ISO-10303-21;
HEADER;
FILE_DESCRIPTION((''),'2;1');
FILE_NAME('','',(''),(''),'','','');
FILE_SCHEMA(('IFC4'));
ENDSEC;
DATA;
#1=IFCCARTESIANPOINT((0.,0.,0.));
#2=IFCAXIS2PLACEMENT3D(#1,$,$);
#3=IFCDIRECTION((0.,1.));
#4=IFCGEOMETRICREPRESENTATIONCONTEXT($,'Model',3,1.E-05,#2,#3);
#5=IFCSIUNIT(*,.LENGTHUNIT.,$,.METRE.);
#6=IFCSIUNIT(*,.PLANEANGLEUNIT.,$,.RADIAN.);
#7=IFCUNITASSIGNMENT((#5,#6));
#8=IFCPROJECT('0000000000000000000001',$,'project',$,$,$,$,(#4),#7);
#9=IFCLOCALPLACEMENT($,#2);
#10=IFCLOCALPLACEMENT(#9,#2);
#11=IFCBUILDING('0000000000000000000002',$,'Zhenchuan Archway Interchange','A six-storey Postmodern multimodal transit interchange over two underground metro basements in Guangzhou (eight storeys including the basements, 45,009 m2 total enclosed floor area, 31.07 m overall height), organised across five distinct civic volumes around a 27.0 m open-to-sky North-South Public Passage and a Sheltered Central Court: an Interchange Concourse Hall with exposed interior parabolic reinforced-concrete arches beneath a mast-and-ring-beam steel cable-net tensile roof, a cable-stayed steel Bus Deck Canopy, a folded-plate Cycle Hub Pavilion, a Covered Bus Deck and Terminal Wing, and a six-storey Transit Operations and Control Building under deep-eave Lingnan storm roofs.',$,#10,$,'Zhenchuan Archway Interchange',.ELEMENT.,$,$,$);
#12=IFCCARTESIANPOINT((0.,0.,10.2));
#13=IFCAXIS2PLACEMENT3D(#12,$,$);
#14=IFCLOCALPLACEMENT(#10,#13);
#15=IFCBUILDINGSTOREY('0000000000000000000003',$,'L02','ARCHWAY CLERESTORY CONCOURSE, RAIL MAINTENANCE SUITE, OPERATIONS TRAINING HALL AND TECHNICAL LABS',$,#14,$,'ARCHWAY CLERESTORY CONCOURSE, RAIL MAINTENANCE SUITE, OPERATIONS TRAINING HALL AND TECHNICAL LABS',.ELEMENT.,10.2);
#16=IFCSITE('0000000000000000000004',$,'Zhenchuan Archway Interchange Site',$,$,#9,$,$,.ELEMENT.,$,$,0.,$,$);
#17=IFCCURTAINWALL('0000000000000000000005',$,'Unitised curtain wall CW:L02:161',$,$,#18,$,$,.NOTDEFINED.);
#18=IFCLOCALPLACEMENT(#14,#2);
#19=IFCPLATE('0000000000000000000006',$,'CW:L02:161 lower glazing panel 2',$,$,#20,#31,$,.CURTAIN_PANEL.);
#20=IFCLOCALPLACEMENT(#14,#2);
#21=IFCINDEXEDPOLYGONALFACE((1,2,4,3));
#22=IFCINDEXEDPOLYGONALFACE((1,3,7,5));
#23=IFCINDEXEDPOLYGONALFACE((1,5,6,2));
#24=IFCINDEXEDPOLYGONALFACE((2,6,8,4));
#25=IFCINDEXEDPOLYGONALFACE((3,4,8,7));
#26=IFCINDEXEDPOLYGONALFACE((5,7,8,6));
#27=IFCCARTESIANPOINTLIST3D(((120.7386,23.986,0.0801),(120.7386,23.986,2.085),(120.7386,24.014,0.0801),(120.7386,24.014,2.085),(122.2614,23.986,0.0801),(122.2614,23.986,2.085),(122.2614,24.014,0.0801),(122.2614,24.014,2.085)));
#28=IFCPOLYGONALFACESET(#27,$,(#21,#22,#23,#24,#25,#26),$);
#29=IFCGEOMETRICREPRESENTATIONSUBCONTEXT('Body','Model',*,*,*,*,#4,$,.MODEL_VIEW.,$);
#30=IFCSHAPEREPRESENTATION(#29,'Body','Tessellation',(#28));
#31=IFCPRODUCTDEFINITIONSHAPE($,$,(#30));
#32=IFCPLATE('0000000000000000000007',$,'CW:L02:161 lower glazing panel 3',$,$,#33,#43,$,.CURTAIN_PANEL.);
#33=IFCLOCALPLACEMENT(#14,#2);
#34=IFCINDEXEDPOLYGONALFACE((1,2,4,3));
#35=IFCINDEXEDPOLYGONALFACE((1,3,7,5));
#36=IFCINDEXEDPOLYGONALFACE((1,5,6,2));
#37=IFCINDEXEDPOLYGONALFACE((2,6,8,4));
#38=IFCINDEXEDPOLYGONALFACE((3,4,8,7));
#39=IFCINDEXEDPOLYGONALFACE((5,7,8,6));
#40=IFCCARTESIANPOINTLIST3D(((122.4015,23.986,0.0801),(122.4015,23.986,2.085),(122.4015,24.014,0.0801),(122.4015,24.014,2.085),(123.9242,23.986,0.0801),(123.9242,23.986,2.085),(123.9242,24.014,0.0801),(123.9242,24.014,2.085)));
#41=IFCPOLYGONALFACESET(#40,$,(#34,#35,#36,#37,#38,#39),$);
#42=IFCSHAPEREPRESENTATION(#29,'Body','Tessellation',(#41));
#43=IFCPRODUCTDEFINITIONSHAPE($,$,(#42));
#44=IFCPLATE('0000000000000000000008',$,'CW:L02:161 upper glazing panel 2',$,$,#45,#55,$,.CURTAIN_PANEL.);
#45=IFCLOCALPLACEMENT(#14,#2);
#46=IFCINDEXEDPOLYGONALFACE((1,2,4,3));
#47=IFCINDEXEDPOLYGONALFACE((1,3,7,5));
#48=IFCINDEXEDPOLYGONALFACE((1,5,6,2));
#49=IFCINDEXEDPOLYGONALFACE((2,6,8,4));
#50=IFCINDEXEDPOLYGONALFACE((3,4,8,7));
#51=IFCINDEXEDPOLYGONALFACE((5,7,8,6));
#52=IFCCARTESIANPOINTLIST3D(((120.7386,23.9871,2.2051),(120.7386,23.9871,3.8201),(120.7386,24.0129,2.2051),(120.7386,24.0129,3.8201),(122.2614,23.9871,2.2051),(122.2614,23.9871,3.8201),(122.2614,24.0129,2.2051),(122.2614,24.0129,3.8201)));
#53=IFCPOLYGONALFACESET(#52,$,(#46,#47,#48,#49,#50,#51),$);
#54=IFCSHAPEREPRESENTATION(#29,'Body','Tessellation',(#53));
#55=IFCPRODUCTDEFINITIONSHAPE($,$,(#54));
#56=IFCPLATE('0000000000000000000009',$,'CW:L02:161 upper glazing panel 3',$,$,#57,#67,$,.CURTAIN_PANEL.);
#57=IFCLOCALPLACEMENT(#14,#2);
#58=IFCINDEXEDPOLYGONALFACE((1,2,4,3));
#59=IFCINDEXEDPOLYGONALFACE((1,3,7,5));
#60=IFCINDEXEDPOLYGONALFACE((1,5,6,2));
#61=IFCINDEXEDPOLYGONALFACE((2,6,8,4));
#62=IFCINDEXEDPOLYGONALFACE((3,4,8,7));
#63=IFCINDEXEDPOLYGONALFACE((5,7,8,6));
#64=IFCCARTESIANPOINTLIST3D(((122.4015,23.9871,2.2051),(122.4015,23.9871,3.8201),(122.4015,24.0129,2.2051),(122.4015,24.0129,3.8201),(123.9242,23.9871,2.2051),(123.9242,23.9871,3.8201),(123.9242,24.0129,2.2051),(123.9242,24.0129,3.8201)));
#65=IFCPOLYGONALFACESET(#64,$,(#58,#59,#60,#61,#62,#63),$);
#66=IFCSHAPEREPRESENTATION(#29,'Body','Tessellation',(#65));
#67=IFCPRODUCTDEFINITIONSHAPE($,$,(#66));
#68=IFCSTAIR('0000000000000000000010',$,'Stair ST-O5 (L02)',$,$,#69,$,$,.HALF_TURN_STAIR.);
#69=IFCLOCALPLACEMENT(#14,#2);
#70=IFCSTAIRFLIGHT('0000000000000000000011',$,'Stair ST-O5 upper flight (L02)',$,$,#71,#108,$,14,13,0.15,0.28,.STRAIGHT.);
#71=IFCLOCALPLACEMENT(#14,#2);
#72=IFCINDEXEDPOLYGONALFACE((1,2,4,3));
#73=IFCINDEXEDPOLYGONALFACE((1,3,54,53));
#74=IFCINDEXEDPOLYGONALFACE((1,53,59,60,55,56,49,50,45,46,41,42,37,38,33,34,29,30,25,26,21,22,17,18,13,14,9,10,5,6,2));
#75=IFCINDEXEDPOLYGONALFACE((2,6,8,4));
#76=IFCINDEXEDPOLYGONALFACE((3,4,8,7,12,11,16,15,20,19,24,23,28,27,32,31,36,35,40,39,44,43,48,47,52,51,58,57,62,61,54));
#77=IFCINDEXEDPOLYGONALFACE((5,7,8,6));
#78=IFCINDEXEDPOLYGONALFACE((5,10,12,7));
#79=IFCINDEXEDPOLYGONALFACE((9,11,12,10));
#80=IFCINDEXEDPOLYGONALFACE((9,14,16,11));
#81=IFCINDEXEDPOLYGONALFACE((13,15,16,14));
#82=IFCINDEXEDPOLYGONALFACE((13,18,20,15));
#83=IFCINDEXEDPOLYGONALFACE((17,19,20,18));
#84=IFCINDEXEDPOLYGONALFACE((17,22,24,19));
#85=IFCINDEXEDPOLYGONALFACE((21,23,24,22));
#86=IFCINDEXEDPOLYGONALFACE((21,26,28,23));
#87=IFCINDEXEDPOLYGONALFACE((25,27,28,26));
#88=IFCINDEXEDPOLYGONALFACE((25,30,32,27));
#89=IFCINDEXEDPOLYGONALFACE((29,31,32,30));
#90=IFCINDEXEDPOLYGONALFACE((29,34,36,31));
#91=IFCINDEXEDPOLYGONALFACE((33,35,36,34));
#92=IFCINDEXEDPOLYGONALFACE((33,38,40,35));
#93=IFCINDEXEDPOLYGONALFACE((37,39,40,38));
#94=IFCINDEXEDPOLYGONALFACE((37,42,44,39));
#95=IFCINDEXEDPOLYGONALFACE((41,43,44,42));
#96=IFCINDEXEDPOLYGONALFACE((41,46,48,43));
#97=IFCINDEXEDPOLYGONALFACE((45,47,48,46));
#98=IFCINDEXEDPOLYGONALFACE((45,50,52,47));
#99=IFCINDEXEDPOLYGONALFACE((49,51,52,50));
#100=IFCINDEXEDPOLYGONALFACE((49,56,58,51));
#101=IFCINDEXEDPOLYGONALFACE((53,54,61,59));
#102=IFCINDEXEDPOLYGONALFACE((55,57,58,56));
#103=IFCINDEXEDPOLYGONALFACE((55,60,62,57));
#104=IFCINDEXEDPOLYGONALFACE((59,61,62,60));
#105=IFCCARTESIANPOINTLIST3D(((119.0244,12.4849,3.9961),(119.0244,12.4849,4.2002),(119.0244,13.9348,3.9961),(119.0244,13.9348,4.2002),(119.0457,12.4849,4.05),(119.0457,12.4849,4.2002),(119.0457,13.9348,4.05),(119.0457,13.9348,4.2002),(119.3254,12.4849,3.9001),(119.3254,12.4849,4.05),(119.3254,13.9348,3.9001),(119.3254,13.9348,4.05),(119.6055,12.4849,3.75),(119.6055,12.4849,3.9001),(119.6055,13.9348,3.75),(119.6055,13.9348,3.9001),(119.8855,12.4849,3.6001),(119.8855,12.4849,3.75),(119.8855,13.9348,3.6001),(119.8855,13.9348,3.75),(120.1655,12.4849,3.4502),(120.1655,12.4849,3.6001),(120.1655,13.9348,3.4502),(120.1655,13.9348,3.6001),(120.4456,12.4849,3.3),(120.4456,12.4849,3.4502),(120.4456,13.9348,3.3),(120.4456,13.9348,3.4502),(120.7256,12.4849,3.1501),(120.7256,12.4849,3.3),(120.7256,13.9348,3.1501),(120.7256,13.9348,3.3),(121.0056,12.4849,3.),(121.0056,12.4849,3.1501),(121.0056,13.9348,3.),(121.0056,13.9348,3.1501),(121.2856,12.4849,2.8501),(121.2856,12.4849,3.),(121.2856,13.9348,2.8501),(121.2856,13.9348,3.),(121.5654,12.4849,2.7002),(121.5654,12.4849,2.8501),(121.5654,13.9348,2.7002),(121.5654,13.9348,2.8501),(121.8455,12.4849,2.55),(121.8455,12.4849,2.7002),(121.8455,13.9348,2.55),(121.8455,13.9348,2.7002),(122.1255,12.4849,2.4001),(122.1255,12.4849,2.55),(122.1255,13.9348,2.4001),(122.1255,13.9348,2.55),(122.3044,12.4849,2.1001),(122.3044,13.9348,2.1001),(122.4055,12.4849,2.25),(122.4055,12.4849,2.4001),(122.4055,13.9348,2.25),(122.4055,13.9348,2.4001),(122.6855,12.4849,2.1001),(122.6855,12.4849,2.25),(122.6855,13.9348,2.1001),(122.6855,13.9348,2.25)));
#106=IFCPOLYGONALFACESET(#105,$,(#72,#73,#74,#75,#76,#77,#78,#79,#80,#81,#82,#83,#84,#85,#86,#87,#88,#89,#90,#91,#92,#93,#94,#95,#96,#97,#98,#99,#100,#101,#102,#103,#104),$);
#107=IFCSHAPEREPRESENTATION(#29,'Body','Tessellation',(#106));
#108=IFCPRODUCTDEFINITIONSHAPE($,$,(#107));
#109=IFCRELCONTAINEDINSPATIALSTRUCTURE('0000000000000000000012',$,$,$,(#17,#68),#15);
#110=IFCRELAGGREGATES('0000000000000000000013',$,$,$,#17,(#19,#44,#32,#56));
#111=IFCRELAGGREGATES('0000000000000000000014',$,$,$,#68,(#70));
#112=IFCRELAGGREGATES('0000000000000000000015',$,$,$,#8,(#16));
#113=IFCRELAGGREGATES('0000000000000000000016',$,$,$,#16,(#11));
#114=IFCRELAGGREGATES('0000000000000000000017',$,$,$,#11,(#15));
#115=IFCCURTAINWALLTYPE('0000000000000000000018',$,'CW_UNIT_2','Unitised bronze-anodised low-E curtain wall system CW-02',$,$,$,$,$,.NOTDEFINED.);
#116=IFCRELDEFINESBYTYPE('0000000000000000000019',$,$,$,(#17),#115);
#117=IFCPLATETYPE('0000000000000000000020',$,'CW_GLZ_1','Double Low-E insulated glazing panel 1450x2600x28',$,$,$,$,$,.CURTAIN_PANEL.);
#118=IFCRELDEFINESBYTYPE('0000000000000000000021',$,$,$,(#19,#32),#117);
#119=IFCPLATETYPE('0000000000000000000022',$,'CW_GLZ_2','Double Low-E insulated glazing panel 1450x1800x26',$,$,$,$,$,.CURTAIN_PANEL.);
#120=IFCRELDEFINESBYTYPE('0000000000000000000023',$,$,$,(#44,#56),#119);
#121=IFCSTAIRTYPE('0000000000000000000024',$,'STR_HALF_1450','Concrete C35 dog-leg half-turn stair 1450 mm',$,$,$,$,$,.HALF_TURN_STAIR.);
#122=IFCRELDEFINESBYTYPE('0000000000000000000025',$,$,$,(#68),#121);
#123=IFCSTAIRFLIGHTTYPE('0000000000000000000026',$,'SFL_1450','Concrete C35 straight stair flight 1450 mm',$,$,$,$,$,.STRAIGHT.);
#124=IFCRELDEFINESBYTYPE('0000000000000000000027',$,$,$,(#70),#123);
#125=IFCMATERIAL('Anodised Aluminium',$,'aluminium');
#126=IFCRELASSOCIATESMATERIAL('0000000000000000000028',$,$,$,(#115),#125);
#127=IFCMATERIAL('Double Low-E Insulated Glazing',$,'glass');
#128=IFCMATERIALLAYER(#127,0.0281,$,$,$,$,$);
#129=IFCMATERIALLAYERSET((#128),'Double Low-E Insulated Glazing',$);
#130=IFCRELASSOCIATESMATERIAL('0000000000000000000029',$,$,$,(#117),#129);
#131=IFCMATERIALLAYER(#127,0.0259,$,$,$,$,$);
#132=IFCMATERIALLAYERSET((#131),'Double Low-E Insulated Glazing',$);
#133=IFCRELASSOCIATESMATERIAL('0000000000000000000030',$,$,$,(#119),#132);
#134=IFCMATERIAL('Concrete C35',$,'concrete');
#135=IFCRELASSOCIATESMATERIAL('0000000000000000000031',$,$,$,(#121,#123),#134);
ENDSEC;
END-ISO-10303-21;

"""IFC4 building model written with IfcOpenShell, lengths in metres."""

from ifc_helpers import new_model, si_unit, direction, frame, origin, origin_2d, place, context, subcontext, project, spatial, polyline, rectangle, outline, extrude, material, layer, layer_set, type_object, element, aggregate, save


model = new_model("IFC4")

# Units and contexts
model_context = context("Model", 3, precision=1e-05, world=origin(), true_north=direction((0.0, 1.0)))
body_context = subcontext(model_context, "Body", "Model", "MODEL_VIEW")
ifc_project = project(units=[si_unit("LENGTHUNIT", "METRE"), si_unit("PLANEANGLEUNIT", "RADIAN")], contexts=[model_context])

# Site, building, storey
site_placement = place(None, origin())
site = spatial("IfcSite", under=ifc_project, at=site_placement, Name="Zhenchuan Archway Interchange Site", CompositionType="ELEMENT", RefElevation=0.0)
building_placement = place(site_placement, origin())
building = spatial("IfcBuilding", under=site, at=building_placement, Name="Zhenchuan Archway Interchange", Description="A six-storey Postmodern multimodal transit interchange over two underground metro basements in Guangzhou (eight storeys including the basements, 45,009 m2 total enclosed floor area, 31.07 m overall height), organised across five distinct civic volumes around a 27.0 m open-to-sky North-South Public Passage and a Sheltered Central Court: an Interchange Concourse Hall with exposed interior parabolic reinforced-concrete arches beneath a mast-and-ring-beam steel cable-net tensile roof, a cable-stayed steel Bus Deck Canopy, a folded-plate Cycle Hub Pavilion, a Covered Bus Deck and Terminal Wing, and a six-storey Transit Operations and Control Building under deep-eave Lingnan storm roofs.", LongName="Zhenchuan Archway Interchange", CompositionType="ELEMENT")
storey_placement = place(building_placement, frame((0.0, 0.0, 10.2)))
storey = spatial("IfcBuildingStorey", under=building, at=storey_placement, Name="L02", Description="ARCHWAY CLERESTORY CONCOURSE, RAIL MAINTENANCE SUITE, OPERATIONS TRAINING HALL AND TECHNICAL LABS", LongName="ARCHWAY CLERESTORY CONCOURSE, RAIL MAINTENANCE SUITE, OPERATIONS TRAINING HALL AND TECHNICAL LABS", CompositionType="ELEMENT", Elevation=10.2)

# Curtain wall
ifc_material_1 = material(Name="Anodised Aluminium", Category="aluminium")
curtain_wall_type = type_object("IfcCurtainWallType", Name="CW_UNIT_2", Description="Unitised bronze-anodised low-E curtain wall system CW-02", PredefinedType="NOTDEFINED", material=ifc_material_1)
curtain_wall_placement = place(storey_placement, origin())
curtain_wall = element("IfcCurtainWall", 1, at=curtain_wall_placement, inside=storey, type_object=curtain_wall_type, Name="Unitised curtain wall CW:L02:161", PredefinedType="NOTDEFINED")

# Plates
ifc_material_2 = material(Name="Double Low-E Insulated Glazing", Category="glass")
ifc_layer_1 = layer(ifc_material_2, 0.0281)
ifc_layer_set_1 = layer_set([ifc_layer_1], Name="Double Low-E Insulated Glazing")
plate_type_1 = type_object("IfcPlateType", Name="CW_GLZ_1", Description="Double Low-E insulated glazing panel 1450x2600x28", PredefinedType="CURTAIN_PANEL", material=ifc_layer_set_1)
plate_1_placement = place(storey_placement, frame((121.5, 24.0, 0.0801), z_axis=(0.0, 0.0, 1.0), x_axis=(1.0, 0.0, 0.0)))
plate_1 = element("IfcPlate", 2, at=plate_1_placement, type_object=plate_type_1, Name="CW:L02:161 lower glazing panel 2", PredefinedType="CURTAIN_PANEL", context=body_context, shape_type="SweptSolid", body=[
    extrude(rectangle(XDim=1.5227, YDim=0.0281, at=origin_2d()), origin(), (0.0, 0.0, 1.0), 2.0049),
])
plate_2_placement = place(storey_placement, frame((123.1628, 24.0, 0.0801), z_axis=(0.0, 0.0, 1.0), x_axis=(1.0, 0.0, 0.0)))
plate_2 = element("IfcPlate", 3, at=plate_2_placement, type_object=plate_type_1, Name="CW:L02:161 lower glazing panel 3", PredefinedType="CURTAIN_PANEL", context=body_context, shape_type="SweptSolid", body=[
    extrude(rectangle(XDim=1.5227, YDim=0.0281, at=origin_2d()), origin(), (0.0, 0.0, 1.0), 2.0049),
])
ifc_layer_2 = layer(ifc_material_2, 0.0259)
ifc_layer_set_2 = layer_set([ifc_layer_2], Name="Double Low-E Insulated Glazing")
plate_type_2 = type_object("IfcPlateType", Name="CW_GLZ_2", Description="Double Low-E insulated glazing panel 1450x1800x26", PredefinedType="CURTAIN_PANEL", material=ifc_layer_set_2)
plate_3_placement = place(storey_placement, frame((121.5, 24.0, 2.2051), z_axis=(0.0, 0.0, 1.0), x_axis=(1.0, 0.0, 0.0)))
plate_3 = element("IfcPlate", 4, at=plate_3_placement, type_object=plate_type_2, Name="CW:L02:161 upper glazing panel 2", PredefinedType="CURTAIN_PANEL", context=body_context, shape_type="SweptSolid", body=[
    extrude(rectangle(XDim=1.5227, YDim=0.0259, at=origin_2d()), origin(), (0.0, 0.0, 1.0), 1.615),
])
plate_4_placement = place(storey_placement, frame((123.1628, 24.0, 2.2051), z_axis=(0.0, 0.0, 1.0), x_axis=(1.0, 0.0, 0.0)))
plate_4 = element("IfcPlate", 5, at=plate_4_placement, type_object=plate_type_2, Name="CW:L02:161 upper glazing panel 3", PredefinedType="CURTAIN_PANEL", context=body_context, shape_type="SweptSolid", body=[
    extrude(rectangle(XDim=1.5227, YDim=0.0259, at=origin_2d()), origin(), (0.0, 0.0, 1.0), 1.615),
])
aggregate(curtain_wall, [plate_1, plate_3, plate_2, plate_4])

# Stair, stair flight
ifc_material_3 = material(Name="Concrete C35", Category="concrete")
stair_type = type_object("IfcStairType", Name="STR_HALF_1450", Description="Concrete C35 dog-leg half-turn stair 1450 mm", PredefinedType="HALF_TURN_STAIR", material=ifc_material_3)
stair_placement = place(storey_placement, origin())
stair = element("IfcStair", 6, at=stair_placement, inside=storey, type_object=stair_type, Name="Stair ST-O5 (L02)", PredefinedType="HALF_TURN_STAIR")
stair_flight_type = type_object("IfcStairFlightType", Name="SFL_1450", Description="Concrete C35 straight stair flight 1450 mm", PredefinedType="STRAIGHT", material=ifc_material_3)
stair_flight_placement = place(storey_placement, frame((122.6855, 13.21, 2.1001), z_axis=(0.0, 0.0, 1.0), x_axis=(-1.0, 0.0, 0.0)))
stair_flight = element("IfcStairFlight", 7, at=stair_flight_placement, type_object=stair_flight_type, Name="Stair ST-O5 upper flight (L02)", NumberOfRisers=14, NumberOfTreads=13, PredefinedType="STRAIGHT", RiserHeight=0.15, TreadLength=0.28, context=body_context, shape_type="SweptSolid", body=[
    extrude(outline(polyline([(0.0, 0.0), (0.0, 0.1499), (0.28, 0.1499), (0.28, 0.3), (0.5601, 0.3), (0.5601, 0.45), (0.8401, 0.45), (0.8401, 0.6001), (1.1201, 0.6001), (1.1201, 0.75), (1.3999, 0.75), (1.3999, 0.8999), (1.6799, 0.8999), (1.6799, 1.05), (1.96, 1.05), (1.96, 1.2), (2.24, 1.2), (2.24, 1.3501), (2.52, 1.3501), (2.52, 1.5), (2.8, 1.5), (2.8, 1.6499), (3.0801, 1.6499), (3.0801, 1.8), (3.3601, 1.8), (3.3601, 1.95), (3.6399, 1.95), (3.6399, 2.1001), (3.6611, 2.1001), (3.6611, 1.896), (0.3811, 0.0), (0.0, 0.0)])), frame((0.0, 0.7251, 0.0), z_axis=(0.0, -1.0, 0.0), x_axis=(1.0, 0.0, 0.0)), (0.0, 0.0, 1.0), 1.45),
])
aggregate(stair, [stair_flight])

save(model, "model.ifc")
